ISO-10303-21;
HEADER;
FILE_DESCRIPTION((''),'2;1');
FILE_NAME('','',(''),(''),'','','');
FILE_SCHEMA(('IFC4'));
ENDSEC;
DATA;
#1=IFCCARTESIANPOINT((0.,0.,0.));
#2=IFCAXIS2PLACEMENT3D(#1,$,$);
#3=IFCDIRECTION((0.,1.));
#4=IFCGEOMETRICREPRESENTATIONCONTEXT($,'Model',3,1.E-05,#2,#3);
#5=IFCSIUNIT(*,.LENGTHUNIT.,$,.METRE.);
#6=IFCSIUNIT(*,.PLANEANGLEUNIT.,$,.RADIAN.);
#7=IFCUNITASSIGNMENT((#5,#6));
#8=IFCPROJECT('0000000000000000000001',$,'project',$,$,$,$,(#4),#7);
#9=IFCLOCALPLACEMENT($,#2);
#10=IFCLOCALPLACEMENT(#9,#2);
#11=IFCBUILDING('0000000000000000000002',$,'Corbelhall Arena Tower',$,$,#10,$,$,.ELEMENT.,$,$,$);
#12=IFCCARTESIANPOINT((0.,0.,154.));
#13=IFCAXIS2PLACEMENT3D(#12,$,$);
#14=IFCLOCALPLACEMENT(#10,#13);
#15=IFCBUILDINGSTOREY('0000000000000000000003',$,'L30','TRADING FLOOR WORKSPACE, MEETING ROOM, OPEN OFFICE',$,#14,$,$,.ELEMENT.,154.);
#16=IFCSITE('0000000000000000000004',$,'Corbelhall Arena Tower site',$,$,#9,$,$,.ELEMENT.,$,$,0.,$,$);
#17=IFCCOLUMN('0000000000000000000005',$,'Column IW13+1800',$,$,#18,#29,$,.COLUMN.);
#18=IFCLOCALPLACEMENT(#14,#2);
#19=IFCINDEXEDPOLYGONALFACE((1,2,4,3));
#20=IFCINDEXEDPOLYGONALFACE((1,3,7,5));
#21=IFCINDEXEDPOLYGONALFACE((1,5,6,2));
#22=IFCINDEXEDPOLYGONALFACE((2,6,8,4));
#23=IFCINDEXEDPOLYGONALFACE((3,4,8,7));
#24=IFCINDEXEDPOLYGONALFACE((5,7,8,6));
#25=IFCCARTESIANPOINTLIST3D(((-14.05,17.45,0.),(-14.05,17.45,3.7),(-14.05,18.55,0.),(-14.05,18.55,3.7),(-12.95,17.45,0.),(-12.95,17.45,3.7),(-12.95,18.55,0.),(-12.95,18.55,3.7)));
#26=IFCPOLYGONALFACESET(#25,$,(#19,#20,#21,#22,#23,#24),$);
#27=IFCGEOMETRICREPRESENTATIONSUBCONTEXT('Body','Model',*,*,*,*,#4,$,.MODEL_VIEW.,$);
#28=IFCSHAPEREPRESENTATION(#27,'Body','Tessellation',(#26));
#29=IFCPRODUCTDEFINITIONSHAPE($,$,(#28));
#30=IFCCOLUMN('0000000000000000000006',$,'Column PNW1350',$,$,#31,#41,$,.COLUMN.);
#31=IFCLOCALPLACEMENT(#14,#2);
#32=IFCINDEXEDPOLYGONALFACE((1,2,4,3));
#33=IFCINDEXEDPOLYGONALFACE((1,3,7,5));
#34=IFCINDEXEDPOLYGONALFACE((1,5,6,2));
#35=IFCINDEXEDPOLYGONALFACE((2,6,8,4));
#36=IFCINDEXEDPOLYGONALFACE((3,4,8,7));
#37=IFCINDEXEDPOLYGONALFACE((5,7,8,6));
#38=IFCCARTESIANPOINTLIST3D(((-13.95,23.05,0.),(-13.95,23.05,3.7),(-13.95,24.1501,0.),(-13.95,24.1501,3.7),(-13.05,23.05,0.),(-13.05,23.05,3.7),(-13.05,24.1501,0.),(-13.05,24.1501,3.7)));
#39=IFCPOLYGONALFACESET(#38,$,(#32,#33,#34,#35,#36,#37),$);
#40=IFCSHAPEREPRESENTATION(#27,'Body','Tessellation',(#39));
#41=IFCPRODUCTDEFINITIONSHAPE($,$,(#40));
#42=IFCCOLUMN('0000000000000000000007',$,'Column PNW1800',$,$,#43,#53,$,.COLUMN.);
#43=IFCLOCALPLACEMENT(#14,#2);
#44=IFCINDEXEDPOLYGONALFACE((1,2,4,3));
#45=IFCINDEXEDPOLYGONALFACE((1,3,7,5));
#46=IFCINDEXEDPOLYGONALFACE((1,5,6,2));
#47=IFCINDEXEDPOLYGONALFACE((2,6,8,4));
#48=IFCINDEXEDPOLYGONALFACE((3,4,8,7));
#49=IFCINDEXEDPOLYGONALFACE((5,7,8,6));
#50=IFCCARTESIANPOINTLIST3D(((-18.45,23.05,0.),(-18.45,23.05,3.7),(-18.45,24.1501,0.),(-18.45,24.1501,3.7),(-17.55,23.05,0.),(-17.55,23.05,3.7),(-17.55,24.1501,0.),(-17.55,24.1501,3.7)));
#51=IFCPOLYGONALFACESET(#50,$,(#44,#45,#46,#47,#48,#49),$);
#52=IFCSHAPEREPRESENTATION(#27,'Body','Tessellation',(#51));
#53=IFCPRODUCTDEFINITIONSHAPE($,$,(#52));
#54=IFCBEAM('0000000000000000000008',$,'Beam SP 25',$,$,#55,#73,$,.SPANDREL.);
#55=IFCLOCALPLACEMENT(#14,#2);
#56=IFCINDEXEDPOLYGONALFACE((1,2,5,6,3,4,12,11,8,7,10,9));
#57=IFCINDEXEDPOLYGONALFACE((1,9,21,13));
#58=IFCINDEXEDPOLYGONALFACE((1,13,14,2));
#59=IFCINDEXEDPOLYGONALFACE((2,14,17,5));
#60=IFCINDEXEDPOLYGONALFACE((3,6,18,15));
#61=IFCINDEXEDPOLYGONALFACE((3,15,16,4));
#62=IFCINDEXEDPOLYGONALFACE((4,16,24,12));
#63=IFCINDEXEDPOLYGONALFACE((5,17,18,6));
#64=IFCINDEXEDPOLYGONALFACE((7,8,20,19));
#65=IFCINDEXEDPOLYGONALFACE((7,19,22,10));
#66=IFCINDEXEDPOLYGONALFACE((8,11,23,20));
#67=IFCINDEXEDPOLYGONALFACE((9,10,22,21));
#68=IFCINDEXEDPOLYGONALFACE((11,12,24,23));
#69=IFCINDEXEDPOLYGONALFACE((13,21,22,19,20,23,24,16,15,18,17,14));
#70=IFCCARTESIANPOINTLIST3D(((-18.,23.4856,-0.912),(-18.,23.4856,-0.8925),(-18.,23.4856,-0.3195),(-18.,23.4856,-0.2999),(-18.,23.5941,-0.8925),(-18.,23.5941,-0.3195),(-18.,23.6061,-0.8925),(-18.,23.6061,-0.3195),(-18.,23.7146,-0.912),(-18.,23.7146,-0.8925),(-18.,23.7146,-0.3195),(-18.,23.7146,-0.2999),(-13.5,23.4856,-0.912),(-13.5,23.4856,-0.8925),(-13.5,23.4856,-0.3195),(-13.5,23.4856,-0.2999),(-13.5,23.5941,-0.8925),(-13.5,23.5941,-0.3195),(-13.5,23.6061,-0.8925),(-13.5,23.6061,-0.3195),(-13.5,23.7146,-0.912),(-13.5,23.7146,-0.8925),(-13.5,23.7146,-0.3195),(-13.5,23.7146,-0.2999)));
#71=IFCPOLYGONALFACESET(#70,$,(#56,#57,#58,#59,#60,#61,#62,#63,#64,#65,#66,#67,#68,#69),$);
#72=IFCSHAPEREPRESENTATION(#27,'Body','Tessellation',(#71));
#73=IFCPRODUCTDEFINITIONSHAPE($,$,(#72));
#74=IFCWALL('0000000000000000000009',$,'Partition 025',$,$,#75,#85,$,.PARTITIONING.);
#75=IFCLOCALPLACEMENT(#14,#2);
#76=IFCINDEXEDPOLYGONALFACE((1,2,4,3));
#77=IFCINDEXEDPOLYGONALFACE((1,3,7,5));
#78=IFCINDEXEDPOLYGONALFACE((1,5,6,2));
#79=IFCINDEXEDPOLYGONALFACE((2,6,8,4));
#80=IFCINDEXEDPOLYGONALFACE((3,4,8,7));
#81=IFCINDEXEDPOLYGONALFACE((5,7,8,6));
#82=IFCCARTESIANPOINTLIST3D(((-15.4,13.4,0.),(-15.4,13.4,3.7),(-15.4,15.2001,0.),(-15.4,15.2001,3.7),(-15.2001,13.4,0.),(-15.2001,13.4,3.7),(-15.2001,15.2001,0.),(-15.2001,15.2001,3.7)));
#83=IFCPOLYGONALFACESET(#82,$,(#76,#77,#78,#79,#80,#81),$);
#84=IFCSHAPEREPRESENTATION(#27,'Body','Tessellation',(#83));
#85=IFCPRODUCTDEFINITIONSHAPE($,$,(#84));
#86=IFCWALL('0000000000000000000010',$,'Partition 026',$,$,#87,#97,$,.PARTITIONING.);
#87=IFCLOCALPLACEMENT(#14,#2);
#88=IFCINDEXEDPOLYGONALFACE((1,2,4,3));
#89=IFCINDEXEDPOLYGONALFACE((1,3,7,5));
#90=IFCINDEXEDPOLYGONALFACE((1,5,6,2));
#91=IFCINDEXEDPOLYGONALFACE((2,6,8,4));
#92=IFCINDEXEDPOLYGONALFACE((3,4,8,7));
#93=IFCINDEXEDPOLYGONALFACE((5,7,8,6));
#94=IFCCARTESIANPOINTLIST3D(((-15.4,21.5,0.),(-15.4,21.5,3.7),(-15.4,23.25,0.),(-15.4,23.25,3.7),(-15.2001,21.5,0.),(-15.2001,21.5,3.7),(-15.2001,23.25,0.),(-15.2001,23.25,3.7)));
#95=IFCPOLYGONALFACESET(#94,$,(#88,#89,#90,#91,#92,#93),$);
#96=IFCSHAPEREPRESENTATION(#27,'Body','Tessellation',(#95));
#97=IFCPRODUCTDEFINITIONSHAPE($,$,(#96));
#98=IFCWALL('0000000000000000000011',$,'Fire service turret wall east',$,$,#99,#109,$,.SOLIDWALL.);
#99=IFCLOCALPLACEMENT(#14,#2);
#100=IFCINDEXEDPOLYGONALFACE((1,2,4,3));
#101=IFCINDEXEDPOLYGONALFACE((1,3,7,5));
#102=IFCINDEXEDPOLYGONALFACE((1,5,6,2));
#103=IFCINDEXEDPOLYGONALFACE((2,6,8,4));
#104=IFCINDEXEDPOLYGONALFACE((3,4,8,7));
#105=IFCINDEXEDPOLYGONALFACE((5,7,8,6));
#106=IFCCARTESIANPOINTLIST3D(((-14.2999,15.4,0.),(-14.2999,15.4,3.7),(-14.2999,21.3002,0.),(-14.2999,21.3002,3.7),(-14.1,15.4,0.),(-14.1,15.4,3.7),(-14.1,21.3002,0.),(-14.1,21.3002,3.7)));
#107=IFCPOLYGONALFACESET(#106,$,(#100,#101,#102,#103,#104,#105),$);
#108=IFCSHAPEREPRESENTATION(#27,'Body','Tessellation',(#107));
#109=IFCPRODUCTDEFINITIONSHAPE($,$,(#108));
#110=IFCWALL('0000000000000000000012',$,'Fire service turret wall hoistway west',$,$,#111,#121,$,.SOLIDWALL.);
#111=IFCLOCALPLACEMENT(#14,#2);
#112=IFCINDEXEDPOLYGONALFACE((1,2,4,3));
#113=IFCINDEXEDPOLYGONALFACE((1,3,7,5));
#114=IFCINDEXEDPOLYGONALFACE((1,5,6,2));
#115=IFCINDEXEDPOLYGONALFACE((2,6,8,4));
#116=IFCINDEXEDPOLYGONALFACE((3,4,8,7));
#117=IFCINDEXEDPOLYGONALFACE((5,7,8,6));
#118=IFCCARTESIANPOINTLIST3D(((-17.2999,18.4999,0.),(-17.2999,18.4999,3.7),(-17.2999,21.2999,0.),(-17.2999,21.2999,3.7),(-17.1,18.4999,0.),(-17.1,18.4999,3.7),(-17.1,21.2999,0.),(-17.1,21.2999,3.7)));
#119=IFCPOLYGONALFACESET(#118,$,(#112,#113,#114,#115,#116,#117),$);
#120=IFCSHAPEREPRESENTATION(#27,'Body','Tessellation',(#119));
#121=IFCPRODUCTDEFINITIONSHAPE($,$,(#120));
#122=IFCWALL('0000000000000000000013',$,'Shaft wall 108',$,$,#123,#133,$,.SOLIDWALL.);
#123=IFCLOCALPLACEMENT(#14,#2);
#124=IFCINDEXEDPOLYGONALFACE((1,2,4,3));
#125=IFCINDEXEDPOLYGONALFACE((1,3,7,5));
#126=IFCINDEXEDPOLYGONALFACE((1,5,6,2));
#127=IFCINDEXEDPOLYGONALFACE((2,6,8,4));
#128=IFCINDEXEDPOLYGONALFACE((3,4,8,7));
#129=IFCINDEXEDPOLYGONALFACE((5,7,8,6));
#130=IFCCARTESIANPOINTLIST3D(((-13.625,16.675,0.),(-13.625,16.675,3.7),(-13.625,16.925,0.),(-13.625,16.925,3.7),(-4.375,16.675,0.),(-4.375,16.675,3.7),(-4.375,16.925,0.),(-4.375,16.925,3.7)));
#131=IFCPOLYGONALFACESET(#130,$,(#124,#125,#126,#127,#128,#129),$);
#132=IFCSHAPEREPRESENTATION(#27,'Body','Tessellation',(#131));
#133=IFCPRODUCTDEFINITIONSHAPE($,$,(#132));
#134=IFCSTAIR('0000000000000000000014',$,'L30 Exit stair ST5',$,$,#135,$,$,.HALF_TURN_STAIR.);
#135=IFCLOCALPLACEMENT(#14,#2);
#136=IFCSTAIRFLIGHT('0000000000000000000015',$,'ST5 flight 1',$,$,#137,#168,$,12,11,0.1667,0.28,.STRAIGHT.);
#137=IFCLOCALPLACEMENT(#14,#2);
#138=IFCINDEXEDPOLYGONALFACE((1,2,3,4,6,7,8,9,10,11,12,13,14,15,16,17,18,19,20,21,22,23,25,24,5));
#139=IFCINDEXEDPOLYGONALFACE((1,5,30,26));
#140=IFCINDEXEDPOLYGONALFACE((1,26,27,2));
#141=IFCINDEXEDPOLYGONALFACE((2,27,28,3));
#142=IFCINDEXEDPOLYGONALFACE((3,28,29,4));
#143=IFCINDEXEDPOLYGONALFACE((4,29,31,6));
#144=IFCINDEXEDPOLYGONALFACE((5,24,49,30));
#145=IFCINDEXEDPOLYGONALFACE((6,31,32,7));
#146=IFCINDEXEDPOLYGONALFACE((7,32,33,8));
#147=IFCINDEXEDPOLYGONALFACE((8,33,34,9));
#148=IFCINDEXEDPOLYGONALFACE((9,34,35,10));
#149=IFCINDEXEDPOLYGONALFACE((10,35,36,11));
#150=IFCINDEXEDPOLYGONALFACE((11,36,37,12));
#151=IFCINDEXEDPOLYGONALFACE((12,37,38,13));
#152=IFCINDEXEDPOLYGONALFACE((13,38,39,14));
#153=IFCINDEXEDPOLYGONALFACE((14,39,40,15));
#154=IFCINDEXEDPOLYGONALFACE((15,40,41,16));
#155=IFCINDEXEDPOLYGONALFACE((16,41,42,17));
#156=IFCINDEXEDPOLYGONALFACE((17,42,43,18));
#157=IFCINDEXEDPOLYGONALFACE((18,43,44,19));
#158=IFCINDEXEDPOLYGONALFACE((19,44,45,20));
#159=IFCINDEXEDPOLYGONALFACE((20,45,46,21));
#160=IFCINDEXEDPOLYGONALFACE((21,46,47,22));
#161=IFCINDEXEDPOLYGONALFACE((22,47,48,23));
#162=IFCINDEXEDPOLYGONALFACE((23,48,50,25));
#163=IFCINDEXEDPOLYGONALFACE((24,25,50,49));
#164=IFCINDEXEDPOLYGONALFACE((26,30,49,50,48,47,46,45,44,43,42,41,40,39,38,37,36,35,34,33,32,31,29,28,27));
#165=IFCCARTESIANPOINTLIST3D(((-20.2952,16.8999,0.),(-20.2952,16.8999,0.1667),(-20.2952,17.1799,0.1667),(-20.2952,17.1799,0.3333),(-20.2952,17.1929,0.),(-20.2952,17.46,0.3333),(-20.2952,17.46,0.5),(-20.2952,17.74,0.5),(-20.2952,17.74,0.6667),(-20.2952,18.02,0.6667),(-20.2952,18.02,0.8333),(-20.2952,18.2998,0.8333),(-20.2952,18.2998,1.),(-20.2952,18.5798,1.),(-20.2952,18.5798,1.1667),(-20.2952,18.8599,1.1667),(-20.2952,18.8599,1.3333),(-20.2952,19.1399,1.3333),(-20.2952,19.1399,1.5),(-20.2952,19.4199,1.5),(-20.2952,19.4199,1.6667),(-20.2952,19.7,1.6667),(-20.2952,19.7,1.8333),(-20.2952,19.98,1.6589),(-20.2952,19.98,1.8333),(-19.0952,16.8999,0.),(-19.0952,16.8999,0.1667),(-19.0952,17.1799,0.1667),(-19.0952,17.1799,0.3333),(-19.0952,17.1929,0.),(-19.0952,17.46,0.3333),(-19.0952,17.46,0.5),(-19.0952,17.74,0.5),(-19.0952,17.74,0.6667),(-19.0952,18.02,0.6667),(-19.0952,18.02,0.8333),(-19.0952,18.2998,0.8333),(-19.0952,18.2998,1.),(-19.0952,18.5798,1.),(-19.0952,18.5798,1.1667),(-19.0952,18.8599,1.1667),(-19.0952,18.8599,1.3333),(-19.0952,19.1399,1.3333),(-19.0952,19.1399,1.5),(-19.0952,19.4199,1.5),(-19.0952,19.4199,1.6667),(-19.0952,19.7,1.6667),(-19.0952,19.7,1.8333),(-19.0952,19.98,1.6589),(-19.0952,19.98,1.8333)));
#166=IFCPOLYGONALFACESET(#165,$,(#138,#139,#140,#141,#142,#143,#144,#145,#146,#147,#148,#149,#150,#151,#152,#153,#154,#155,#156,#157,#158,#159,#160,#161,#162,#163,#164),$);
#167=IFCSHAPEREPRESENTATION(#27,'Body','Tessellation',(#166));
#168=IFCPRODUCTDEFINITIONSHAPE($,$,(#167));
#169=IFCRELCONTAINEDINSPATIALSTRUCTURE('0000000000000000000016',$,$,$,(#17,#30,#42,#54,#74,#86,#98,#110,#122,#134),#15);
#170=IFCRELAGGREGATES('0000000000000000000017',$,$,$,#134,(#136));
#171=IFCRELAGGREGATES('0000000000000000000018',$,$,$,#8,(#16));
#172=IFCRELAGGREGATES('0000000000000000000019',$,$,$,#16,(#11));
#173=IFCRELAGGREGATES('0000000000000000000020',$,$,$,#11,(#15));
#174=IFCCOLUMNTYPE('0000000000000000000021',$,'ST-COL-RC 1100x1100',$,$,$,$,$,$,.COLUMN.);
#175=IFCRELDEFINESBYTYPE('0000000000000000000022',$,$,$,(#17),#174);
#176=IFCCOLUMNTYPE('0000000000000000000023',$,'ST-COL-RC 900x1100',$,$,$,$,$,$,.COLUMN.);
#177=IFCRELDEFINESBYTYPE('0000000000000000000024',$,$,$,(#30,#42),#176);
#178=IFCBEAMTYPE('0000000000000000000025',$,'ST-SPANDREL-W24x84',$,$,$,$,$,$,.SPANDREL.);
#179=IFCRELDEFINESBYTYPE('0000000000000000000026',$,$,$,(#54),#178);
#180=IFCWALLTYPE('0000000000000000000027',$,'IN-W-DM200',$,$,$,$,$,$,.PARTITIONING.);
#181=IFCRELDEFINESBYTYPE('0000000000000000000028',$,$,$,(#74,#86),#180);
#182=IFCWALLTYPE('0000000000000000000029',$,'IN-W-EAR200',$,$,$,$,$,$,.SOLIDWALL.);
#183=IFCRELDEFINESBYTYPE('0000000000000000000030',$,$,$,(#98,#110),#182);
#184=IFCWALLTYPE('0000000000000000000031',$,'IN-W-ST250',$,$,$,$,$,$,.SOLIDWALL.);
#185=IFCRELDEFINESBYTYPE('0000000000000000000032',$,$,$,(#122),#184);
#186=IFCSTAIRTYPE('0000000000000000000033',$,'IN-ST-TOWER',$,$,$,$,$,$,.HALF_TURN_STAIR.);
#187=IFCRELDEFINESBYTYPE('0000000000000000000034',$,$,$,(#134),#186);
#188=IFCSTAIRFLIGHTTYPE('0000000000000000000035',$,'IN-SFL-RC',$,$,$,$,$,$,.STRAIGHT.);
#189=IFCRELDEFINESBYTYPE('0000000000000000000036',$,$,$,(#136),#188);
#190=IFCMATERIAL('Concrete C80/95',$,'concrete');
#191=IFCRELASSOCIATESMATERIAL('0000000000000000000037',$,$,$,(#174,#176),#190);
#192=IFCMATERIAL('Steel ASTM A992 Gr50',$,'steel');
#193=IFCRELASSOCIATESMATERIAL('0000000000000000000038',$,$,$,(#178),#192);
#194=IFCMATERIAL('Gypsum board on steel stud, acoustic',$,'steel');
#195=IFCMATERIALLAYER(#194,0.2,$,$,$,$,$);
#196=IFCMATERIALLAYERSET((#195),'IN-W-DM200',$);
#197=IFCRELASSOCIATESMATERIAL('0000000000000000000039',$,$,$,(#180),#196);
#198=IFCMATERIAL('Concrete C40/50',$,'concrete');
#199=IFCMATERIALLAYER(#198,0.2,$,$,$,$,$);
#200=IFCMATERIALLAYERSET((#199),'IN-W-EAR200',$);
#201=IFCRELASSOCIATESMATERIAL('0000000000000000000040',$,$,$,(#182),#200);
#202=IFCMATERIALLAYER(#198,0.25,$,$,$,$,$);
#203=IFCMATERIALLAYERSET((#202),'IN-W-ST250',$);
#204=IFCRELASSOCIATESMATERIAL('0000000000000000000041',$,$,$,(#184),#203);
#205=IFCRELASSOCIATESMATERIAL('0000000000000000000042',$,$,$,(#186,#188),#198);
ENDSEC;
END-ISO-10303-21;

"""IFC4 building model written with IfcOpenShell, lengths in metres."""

from ifc_helpers import new_model, si_unit, direction, frame, frame_2d, origin, origin_2d, place, context, subcontext, project, spatial, polyline, rectangle, i_section, outline, extrude, material, layer, layer_set, material_profile, profile_set, type_object, element, aggregate, save


model = new_model("IFC4")

# Units and contexts
model_context = context("Model", 3, precision=1e-05, world=origin(), true_north=direction((0.0, 1.0)))
body_context = subcontext(model_context, "Body", "Model", "MODEL_VIEW")
ifc_project = project(units=[si_unit("LENGTHUNIT", "METRE"), si_unit("PLANEANGLEUNIT", "RADIAN")], contexts=[model_context])

# Site, building, storey
site_placement = place(None, origin())
site = spatial("IfcSite", under=ifc_project, at=site_placement, Name="Corbelhall Arena Tower site", CompositionType="ELEMENT", RefElevation=0.0)
building_placement = place(site_placement, origin())
building = spatial("IfcBuilding", under=site, at=building_placement, Name="Corbelhall Arena Tower", CompositionType="ELEMENT")
storey_placement = place(building_placement, frame((0.0, 0.0, 154.0)))
storey = spatial("IfcBuildingStorey", under=building, at=storey_placement, Name="L30", Description="TRADING FLOOR WORKSPACE, MEETING ROOM, OPEN OFFICE", CompositionType="ELEMENT", Elevation=154.0)

# Columns
ifc_material_1 = material(Name="Concrete C80/95", Category="concrete")
ifc_material_profile_1 = material_profile(ifc_material_1, rectangle(XDim=1.1001, YDim=1.1001, at=origin_2d()))
ifc_profile_set_1 = profile_set([ifc_material_profile_1], Name="Concrete C80/95")
column_type_1 = type_object("IfcColumnType", Name="ST-COL-RC 1100x1100", PredefinedType="COLUMN", material=ifc_profile_set_1)
column_placement = place(storey_placement, frame((-13.5, 18.0, 0.0), z_axis=(0.0, 0.0, 1.0), x_axis=(1.0, 0.0, 0.0)))
element("IfcColumn", 1, at=column_placement, inside=storey, type_object=column_type_1, Name="Column IW13+1800", PredefinedType="COLUMN", context=body_context, shape_type="SweptSolid", body=[
    extrude(rectangle(XDim=1.1001, YDim=1.1001, at=origin_2d()), origin(), (0.0, 0.0, 1.0), 3.7),
])
ifc_material_profile_2 = material_profile(ifc_material_1, rectangle(XDim=0.8999, YDim=1.1001, at=origin_2d()))
ifc_profile_set_2 = profile_set([ifc_material_profile_2], Name="Concrete C80/95")
column_type_2 = type_object("IfcColumnType", Name="ST-COL-RC 900x1100", PredefinedType="COLUMN", material=ifc_profile_set_2)
for number, where, z_axis, x_axis, name in (
    (2, (-13.5, 23.6001, 0.0), (0.0, 0.0, 1.0), (1.0, 0.0, 0.0), "Column PNW1350"),
    (3, (-18.0, 23.6001, 0.0), (0.0, 0.0, 1.0), (1.0, 0.0, 0.0), "Column PNW1800"),
):
    element("IfcColumn", number, at=place(storey_placement, frame(where, z_axis=z_axis, x_axis=x_axis)), inside=storey, type_object=column_type_2, Name=name, PredefinedType="COLUMN", context=body_context, shape_type="SweptSolid", body=[
        extrude(rectangle(XDim=0.8999, YDim=1.1001, at=origin_2d()), origin(), (0.0, 0.0, 1.0), 3.7),
    ])

# Beam
ifc_material_2 = material(Name="Steel ASTM A992 Gr50", Category="steel")
ifc_material_profile_3 = material_profile(ifc_material_2, i_section(OverallWidth=0.229, OverallDepth=0.6121, WebThickness=0.012, FlangeThickness=0.0195, at=origin_2d()))
ifc_profile_set_3 = profile_set([ifc_material_profile_3], Name="Steel ASTM A992 Gr50")
beam_type = type_object("IfcBeamType", Name="ST-SPANDREL-W24x84", PredefinedType="SPANDREL", material=ifc_profile_set_3)
beam_placement = place(storey_placement, frame((-18.0, 23.6001, -0.606), z_axis=(1.0, 0.0, 0.0), x_axis=(0.0, 1.0, 0.0)))
element("IfcBeam", 4, at=beam_placement, inside=storey, type_object=beam_type, Name="Beam SP 25", PredefinedType="SPANDREL", context=body_context, shape_type="SweptSolid", body=[
    extrude(i_section(OverallWidth=0.229, OverallDepth=0.6121, WebThickness=0.012, FlangeThickness=0.0195, at=origin_2d()), origin(), (0.0, 0.0, 1.0), 4.5),
])

# Walls
ifc_material_3 = material(Name="Gypsum board on steel stud, acoustic", Category="steel")
ifc_layer_1 = layer(ifc_material_3, 0.2)
ifc_layer_set_1 = layer_set([ifc_layer_1], Name="IN-W-DM200")
wall_type_1 = type_object("IfcWallType", Name="IN-W-DM200", PredefinedType="PARTITIONING", material=ifc_layer_set_1)
wall_1_placement = place(storey_placement, frame((-15.3, 15.2, 0.0), z_axis=(0.0, 0.0, 1.0), x_axis=(0.0, -1.0, 0.0)))
element("IfcWall", 5, at=wall_1_placement, inside=storey, type_object=wall_type_1, Name="Partition 025", PredefinedType="PARTITIONING", context=body_context, shape_type="SweptSolid", body=[
    extrude(rectangle(XDim=1.8, YDim=0.2, at=frame_2d((0.8999, 0.0))), origin(), (0.0, 0.0, 1.0), 3.7),
])
wall_2_placement = place(storey_placement, frame((-15.3, 23.25, 0.0), z_axis=(0.0, 0.0, 1.0), x_axis=(0.0, -1.0, 0.0)))
element("IfcWall", 6, at=wall_2_placement, inside=storey, type_object=wall_type_1, Name="Partition 026", PredefinedType="PARTITIONING", context=body_context, shape_type="SweptSolid", body=[
    extrude(rectangle(XDim=1.75, YDim=0.2, at=frame_2d((0.875, 0.0))), origin(), (0.0, 0.0, 1.0), 3.7),
])
ifc_material_4 = material(Name="Concrete C40/50", Category="concrete")
ifc_layer_2 = layer(ifc_material_4, 0.2)
ifc_layer_set_2 = layer_set([ifc_layer_2], Name="IN-W-EAR200")
wall_type_2 = type_object("IfcWallType", Name="IN-W-EAR200", PredefinedType="SOLIDWALL", material=ifc_layer_set_2)
wall_3_placement = place(storey_placement, frame((-14.2, 15.3999, 0.0), z_axis=(0.0, 0.0, 1.0), x_axis=(0.0, 1.0, 0.0)))
element("IfcWall", 7, at=wall_3_placement, inside=storey, type_object=wall_type_2, Name="Fire service turret wall east", PredefinedType="SOLIDWALL", context=body_context, shape_type="SweptSolid", body=[
    extrude(rectangle(XDim=5.9001, YDim=0.2, at=frame_2d((2.9502, 0.0))), origin(), (0.0, 0.0, 1.0), 3.7),
])

# Wall
wall_4_placement = place(storey_placement, frame((-17.2, 18.5, 0.0), z_axis=(0.0, 0.0, 1.0), x_axis=(0.0, 1.0, 0.0)))
element("IfcWall", 8, at=wall_4_placement, inside=storey, type_object=wall_type_2, Name="Fire service turret wall hoistway west", PredefinedType="SOLIDWALL", context=body_context, shape_type="SweptSolid", body=[
    extrude(rectangle(XDim=2.8, YDim=0.2, at=frame_2d((1.3999, 0.0))), origin(), (0.0, 0.0, 1.0), 3.7),
])

# Wall
ifc_layer_3 = layer(ifc_material_4, 0.25)
ifc_layer_set_3 = layer_set([ifc_layer_3], Name="IN-W-ST250")
wall_type_3 = type_object("IfcWallType", Name="IN-W-ST250", PredefinedType="SOLIDWALL", material=ifc_layer_set_3)
wall_5_placement = place(storey_placement, frame((-13.625, 16.8, 0.0), z_axis=(0.0, 0.0, 1.0), x_axis=(1.0, 0.0, 0.0)))
element("IfcWall", 9, at=wall_5_placement, inside=storey, type_object=wall_type_3, Name="Shaft wall 108", PredefinedType="SOLIDWALL", context=body_context, shape_type="SweptSolid", body=[
    extrude(rectangle(XDim=9.25, YDim=0.25, at=frame_2d((4.625, 0.0))), origin(), (0.0, 0.0, 1.0), 3.7),
])

# Stair, stair flight
stair_type = type_object("IfcStairType", Name="IN-ST-TOWER", PredefinedType="HALF_TURN_STAIR", material=ifc_material_4)
stair_placement = place(storey_placement, origin())
stair = element("IfcStair", 10, at=stair_placement, inside=storey, type_object=stair_type, Name="L30 Exit stair ST5", PredefinedType="HALF_TURN_STAIR")
stair_flight_type = type_object("IfcStairFlightType", Name="IN-SFL-RC", PredefinedType="STRAIGHT", material=ifc_material_4)
stair_flight_placement = place(storey_placement, frame((-19.6951, 16.8999, 0.0), z_axis=(0.0, 0.0, 1.0), x_axis=(0.0, 1.0, 0.0)))
stair_flight = element("IfcStairFlight", 11, at=stair_flight_placement, type_object=stair_flight_type, Name="ST5 flight 1", NumberOfRisers=12, NumberOfTreads=11, PredefinedType="STRAIGHT", RiserHeight=0.1667, TreadLength=0.28, context=body_context, shape_type="SweptSolid", body=[
    extrude(outline(polyline([(0.0, 0.0), (0.0, 0.1667), (0.28, 0.1667), (0.28, 0.3333), (0.5601, 0.3333), (0.5601, 0.5), (0.8401, 0.5), (0.8401, 0.6667), (1.1201, 0.6667), (1.1201, 0.8333), (1.3999, 0.8333), (1.3999, 1.0), (1.6799, 1.0), (1.6799, 1.1667), (1.96, 1.1667), (1.96, 1.3333), (2.24, 1.3333), (2.24, 1.5), (2.52, 1.5), (2.52, 1.6667), (2.8, 1.6667), (2.8, 1.8333), (3.0801, 1.8333), (3.0801, 2.0), (3.0801, 1.6589), (0.293, 0.0), (0.0, 0.0)])), frame((0.0, 0.6001, 0.0), z_axis=(0.0, -1.0, 0.0), x_axis=(1.0, 0.0, 0.0)), (0.0, 0.0, 1.0), 1.2),
])
aggregate(stair, [stair_flight])

save(model, "model.ifc")
